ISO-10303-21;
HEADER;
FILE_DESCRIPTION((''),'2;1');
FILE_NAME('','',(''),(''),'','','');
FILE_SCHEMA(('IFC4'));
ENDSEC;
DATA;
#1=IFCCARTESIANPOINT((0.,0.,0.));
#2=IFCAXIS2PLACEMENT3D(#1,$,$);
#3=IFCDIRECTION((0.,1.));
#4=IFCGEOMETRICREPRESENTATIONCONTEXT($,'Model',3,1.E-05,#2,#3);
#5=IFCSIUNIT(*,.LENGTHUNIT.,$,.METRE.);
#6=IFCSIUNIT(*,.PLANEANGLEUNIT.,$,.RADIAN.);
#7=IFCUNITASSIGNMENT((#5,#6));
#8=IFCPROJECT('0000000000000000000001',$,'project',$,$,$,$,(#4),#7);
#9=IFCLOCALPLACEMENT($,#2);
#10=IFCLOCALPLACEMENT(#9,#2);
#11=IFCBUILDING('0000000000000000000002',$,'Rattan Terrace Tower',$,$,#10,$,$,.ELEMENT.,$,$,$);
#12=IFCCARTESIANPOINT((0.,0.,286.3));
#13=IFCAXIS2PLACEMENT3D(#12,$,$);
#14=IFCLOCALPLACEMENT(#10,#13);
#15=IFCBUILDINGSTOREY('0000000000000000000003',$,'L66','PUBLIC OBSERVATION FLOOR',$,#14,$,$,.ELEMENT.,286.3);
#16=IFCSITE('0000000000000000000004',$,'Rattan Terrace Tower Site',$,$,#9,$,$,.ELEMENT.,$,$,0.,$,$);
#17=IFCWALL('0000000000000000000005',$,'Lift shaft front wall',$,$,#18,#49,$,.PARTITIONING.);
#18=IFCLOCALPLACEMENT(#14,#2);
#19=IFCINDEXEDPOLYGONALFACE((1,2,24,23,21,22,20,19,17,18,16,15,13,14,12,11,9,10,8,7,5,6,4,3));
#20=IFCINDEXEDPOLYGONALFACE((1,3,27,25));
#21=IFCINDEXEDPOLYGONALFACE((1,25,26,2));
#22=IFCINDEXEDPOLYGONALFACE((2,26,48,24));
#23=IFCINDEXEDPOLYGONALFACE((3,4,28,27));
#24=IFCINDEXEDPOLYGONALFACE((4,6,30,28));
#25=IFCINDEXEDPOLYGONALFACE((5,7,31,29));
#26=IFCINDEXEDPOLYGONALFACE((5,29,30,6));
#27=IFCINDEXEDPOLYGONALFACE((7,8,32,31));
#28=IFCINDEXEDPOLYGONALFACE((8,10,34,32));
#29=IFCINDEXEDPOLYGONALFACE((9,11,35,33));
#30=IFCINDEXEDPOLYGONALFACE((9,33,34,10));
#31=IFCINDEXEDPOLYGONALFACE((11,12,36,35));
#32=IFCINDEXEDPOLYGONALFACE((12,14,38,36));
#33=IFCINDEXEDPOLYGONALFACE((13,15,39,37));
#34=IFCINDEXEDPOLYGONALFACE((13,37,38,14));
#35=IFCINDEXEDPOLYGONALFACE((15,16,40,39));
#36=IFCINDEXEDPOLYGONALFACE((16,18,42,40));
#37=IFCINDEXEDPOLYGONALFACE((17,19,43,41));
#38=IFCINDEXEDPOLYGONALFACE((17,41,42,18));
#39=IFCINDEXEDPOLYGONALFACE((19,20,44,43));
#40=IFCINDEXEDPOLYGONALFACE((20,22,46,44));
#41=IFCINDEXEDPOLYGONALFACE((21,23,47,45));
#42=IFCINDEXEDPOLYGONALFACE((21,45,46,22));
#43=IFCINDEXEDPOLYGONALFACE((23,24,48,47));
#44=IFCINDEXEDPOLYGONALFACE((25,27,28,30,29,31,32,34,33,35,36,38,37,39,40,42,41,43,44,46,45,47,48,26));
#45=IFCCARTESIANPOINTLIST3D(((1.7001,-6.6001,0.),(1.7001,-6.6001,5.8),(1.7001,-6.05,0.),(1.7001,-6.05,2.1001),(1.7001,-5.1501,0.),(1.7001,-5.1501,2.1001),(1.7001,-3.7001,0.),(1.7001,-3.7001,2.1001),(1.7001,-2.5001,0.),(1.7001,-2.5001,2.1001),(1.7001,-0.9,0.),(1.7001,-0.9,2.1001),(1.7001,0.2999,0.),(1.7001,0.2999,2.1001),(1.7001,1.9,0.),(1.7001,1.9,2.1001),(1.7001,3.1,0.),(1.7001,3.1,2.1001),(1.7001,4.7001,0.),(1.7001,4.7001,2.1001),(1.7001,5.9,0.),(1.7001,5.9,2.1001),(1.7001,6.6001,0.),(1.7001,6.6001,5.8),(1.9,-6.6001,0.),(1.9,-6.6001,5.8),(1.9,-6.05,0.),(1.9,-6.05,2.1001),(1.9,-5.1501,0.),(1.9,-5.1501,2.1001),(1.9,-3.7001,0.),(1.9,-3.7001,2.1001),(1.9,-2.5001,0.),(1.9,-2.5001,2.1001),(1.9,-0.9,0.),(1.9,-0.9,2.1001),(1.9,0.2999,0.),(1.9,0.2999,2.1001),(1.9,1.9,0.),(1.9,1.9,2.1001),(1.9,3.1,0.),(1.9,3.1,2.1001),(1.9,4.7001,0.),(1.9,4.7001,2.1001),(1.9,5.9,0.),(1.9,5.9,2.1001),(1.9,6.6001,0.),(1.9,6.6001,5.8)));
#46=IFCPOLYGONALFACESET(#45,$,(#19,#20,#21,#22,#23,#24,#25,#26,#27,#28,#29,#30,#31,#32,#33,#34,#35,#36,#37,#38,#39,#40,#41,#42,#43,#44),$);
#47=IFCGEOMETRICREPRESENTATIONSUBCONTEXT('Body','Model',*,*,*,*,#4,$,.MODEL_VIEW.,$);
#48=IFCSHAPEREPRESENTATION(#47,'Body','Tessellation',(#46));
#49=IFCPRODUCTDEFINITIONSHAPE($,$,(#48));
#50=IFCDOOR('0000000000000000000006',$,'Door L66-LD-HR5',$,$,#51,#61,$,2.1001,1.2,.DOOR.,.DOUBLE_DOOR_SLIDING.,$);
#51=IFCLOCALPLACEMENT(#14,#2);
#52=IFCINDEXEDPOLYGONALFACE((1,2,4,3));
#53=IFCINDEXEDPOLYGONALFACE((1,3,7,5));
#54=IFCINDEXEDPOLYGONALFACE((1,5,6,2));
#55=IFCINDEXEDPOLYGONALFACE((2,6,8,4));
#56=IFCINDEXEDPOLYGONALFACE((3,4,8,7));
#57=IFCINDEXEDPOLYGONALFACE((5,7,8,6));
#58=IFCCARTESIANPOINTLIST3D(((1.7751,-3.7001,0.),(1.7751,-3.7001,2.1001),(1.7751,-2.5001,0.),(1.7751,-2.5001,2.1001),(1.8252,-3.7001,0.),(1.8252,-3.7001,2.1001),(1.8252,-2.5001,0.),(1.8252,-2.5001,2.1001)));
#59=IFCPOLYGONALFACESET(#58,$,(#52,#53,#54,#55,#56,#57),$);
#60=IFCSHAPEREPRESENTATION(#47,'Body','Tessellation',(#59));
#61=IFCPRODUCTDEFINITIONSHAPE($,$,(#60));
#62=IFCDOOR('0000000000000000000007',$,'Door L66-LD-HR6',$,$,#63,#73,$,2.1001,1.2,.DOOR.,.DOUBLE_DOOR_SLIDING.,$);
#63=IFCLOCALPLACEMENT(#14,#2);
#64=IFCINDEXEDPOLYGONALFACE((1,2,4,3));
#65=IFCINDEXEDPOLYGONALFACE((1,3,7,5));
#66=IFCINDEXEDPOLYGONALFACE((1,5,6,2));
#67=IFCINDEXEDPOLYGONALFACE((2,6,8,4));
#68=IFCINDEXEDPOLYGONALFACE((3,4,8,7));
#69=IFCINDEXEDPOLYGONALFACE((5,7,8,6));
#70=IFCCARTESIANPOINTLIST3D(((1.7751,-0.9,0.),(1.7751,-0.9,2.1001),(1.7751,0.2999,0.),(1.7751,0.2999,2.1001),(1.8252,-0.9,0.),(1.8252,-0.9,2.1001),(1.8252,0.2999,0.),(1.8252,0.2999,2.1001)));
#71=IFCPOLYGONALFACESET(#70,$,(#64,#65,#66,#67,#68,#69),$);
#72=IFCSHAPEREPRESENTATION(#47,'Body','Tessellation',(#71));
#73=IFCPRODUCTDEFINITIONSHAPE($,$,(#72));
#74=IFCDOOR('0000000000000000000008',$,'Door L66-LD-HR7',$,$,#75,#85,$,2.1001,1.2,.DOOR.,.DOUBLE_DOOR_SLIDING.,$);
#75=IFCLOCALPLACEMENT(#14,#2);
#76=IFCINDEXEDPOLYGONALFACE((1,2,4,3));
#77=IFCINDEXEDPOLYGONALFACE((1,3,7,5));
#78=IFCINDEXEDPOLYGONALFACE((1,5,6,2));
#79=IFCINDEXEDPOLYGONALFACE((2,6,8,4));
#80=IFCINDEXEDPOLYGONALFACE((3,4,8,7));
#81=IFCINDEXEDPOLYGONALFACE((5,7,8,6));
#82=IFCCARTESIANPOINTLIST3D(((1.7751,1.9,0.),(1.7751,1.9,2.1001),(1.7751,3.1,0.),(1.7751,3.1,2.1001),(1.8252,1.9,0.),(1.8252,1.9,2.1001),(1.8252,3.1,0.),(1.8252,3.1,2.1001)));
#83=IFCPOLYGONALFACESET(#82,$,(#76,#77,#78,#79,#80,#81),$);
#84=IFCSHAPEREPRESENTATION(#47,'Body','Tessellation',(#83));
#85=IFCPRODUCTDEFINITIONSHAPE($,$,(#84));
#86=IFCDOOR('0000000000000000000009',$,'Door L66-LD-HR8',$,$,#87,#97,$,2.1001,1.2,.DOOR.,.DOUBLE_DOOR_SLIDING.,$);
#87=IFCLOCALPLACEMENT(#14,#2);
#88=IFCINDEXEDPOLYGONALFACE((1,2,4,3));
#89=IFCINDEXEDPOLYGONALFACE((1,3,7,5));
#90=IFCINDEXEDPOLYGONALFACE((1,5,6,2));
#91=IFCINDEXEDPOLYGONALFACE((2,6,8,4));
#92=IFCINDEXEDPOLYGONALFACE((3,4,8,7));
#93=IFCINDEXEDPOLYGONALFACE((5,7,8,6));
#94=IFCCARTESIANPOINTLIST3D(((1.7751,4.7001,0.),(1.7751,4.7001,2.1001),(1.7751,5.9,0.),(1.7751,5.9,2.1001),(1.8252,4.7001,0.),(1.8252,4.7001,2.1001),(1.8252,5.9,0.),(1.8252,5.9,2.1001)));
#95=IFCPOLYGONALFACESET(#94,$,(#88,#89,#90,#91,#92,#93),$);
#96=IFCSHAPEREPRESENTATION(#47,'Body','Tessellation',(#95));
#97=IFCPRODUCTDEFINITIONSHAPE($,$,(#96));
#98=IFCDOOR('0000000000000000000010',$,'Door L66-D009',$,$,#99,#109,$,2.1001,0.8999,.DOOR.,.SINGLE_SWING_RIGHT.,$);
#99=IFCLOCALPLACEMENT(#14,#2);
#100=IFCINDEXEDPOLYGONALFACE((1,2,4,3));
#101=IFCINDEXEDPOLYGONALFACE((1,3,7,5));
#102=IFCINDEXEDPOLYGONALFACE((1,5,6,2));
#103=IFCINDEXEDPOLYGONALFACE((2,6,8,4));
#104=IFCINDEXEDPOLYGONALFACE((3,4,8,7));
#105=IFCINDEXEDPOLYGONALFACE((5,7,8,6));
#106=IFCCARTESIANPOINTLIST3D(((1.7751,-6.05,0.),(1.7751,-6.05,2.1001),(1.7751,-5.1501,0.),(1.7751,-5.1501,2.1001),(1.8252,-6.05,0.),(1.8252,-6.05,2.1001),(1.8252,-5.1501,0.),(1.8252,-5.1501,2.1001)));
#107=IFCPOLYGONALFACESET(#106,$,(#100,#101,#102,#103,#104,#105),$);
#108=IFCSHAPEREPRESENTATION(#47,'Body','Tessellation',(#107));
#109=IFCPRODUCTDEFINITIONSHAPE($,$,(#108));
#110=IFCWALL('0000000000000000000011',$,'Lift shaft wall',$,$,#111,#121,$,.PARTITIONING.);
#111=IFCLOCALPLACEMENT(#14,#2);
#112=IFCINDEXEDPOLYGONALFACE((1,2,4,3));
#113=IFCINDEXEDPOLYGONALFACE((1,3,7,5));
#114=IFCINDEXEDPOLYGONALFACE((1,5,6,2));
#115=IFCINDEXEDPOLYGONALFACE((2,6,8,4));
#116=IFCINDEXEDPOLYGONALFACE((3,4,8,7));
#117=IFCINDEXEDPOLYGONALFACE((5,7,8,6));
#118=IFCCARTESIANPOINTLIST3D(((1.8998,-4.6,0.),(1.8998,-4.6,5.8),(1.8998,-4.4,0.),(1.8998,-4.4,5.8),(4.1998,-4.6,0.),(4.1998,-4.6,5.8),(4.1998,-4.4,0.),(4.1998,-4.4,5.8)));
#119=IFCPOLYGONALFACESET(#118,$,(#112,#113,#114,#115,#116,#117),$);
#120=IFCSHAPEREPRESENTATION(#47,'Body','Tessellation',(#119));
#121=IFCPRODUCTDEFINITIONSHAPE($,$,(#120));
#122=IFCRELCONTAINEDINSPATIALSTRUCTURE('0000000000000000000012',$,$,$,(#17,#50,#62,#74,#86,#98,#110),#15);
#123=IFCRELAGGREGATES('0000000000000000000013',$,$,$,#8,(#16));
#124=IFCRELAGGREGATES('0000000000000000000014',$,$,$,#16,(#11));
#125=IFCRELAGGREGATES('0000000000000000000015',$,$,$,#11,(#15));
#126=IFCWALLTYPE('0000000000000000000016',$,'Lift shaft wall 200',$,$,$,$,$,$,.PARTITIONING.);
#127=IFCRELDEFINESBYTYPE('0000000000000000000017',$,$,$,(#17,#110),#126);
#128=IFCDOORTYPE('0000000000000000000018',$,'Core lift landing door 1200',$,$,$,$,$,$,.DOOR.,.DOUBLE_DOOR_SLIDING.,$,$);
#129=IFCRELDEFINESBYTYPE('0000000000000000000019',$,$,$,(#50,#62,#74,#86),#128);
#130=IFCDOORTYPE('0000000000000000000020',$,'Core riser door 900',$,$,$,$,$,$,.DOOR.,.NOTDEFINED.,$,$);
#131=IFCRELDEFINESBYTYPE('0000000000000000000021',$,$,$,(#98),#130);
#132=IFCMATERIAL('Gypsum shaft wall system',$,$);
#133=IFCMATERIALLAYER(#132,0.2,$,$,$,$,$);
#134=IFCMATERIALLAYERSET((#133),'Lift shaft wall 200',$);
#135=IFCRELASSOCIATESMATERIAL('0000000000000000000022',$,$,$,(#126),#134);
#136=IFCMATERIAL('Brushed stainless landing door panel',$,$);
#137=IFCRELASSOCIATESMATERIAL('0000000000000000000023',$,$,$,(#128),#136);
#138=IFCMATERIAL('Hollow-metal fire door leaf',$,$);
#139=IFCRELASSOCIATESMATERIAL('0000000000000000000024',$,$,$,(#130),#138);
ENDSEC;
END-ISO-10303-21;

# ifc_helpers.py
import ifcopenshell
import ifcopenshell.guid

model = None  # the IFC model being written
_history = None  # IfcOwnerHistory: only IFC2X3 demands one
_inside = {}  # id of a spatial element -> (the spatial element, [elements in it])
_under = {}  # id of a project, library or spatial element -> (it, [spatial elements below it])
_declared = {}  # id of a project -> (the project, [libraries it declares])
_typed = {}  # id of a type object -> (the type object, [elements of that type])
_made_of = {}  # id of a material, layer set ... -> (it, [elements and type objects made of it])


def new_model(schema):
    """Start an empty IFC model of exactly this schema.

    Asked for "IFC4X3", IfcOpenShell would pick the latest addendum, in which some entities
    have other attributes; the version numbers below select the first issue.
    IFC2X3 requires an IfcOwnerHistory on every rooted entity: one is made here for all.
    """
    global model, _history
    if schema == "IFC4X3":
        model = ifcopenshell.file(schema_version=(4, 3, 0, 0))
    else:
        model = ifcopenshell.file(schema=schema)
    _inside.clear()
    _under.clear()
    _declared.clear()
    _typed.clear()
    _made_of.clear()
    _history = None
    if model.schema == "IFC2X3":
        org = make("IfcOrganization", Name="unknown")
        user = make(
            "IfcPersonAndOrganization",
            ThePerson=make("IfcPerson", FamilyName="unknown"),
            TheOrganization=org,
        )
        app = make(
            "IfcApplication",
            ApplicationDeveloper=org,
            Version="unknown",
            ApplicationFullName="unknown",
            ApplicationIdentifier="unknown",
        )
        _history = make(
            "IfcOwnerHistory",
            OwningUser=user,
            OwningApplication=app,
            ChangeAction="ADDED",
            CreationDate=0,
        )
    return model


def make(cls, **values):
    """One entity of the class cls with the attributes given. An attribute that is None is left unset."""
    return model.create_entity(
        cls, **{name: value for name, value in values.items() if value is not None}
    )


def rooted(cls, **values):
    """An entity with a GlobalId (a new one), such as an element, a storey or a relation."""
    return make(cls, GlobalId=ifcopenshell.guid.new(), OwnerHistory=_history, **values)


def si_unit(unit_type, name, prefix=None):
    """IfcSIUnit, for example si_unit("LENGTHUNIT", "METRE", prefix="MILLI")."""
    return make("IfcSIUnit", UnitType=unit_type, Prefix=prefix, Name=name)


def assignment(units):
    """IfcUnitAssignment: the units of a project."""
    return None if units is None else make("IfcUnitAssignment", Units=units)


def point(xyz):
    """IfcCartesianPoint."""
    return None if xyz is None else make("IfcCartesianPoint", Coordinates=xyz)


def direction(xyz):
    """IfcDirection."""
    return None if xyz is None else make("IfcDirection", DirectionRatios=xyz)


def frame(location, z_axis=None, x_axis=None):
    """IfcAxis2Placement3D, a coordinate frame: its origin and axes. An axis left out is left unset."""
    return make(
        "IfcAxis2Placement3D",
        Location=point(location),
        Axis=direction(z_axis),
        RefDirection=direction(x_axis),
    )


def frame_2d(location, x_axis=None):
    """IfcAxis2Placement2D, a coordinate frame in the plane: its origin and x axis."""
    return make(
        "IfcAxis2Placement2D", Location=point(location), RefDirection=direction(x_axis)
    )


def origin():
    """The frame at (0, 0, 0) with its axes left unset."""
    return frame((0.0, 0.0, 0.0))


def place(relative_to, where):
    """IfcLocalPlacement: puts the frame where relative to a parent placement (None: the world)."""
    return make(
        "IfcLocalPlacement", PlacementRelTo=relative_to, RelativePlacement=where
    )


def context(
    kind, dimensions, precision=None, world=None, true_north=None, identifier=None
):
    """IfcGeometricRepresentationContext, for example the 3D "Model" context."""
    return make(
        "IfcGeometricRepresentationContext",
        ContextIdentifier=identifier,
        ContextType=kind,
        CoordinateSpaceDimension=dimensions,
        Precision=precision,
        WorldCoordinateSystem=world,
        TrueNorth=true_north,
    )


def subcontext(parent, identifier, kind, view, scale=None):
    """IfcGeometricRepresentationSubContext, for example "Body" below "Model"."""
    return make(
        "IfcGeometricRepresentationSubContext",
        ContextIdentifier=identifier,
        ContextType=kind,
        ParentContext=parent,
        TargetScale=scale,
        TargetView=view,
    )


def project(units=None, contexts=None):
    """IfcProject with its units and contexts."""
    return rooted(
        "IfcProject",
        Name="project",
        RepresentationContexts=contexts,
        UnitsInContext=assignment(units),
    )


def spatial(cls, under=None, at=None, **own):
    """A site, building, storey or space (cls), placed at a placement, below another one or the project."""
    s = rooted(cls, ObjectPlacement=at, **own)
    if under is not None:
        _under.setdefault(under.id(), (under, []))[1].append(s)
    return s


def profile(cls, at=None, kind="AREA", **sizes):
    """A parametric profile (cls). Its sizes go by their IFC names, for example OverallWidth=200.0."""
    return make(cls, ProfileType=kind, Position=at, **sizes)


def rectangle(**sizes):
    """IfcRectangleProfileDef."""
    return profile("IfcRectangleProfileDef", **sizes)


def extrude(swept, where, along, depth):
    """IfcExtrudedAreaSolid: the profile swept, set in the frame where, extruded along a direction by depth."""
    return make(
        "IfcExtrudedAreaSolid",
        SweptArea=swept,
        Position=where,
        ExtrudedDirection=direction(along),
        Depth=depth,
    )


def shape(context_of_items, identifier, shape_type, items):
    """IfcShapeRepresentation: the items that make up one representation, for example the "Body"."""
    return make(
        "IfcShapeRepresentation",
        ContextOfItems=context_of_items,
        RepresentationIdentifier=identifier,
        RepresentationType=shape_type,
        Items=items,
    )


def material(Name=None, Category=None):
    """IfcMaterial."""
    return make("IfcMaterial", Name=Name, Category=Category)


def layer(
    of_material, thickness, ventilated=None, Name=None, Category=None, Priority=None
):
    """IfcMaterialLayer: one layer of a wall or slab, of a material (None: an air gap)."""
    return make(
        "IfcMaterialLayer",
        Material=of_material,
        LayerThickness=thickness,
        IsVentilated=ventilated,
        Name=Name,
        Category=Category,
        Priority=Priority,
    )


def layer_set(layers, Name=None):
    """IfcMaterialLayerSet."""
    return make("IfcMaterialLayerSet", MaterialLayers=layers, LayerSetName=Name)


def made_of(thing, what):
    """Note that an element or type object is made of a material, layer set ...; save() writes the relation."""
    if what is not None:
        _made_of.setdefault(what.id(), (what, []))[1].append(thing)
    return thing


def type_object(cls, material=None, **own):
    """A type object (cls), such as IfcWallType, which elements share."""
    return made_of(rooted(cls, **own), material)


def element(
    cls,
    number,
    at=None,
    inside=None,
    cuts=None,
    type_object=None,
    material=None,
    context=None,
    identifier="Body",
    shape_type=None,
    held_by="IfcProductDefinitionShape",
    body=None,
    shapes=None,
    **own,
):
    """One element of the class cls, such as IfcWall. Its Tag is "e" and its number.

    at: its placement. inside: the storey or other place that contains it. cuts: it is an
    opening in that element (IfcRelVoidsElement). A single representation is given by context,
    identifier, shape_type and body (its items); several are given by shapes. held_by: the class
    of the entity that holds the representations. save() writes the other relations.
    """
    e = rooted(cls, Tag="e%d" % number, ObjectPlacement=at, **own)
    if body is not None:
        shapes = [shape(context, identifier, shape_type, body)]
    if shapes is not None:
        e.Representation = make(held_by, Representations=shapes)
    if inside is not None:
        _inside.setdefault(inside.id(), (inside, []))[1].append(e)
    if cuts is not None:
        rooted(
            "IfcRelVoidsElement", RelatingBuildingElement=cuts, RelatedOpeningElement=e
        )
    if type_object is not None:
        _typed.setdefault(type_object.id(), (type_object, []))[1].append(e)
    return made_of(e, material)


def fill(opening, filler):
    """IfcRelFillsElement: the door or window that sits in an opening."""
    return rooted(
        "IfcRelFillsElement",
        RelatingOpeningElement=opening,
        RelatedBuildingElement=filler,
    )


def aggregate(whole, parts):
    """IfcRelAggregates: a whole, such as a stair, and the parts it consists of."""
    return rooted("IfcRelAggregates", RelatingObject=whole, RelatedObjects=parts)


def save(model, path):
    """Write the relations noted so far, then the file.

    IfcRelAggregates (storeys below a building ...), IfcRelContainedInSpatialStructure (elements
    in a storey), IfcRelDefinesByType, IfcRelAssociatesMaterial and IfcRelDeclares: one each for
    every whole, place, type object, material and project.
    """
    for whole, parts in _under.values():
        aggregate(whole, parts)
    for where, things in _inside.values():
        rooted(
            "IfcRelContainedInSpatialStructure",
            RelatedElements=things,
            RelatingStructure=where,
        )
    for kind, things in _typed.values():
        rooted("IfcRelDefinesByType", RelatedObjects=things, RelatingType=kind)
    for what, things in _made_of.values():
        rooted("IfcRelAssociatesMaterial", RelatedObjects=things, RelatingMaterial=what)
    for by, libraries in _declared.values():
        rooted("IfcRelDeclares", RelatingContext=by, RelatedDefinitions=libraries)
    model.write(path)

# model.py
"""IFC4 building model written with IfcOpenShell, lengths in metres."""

from ifc_helpers import new_model, si_unit, direction, frame, frame_2d, origin, place, context, subcontext, project, spatial, rectangle, extrude, material, layer, layer_set, type_object, element, fill, save


model = new_model("IFC4")

# Units and contexts
model_context = context("Model", 3, precision=1e-05, world=origin(), true_north=direction((0.0, 1.0)))
body_context = subcontext(model_context, "Body", "Model", "MODEL_VIEW")
ifc_project = project(units=[si_unit("LENGTHUNIT", "METRE"), si_unit("PLANEANGLEUNIT", "RADIAN")], contexts=[model_context])

# Site, building, storey
site_placement = place(None, origin())
site = spatial("IfcSite", under=ifc_project, at=site_placement, Name="Rattan Terrace Tower Site", CompositionType="ELEMENT", RefElevation=0.0)
building_placement = place(site_placement, origin())
building = spatial("IfcBuilding", under=site, at=building_placement, Name="Rattan Terrace Tower", CompositionType="ELEMENT")
storey_placement = place(building_placement, frame((0.0, 0.0, 286.3)))
storey = spatial("IfcBuildingStorey", under=building, at=storey_placement, Name="L66", Description="PUBLIC OBSERVATION FLOOR", CompositionType="ELEMENT", Elevation=286.3)

# Wall, openings, doors
ifc_material_1 = material(Name="Gypsum shaft wall system")
ifc_layer_1 = layer(ifc_material_1, 0.2)
ifc_layer_set_1 = layer_set([ifc_layer_1], Name="Lift shaft wall 200")
wall_type_1 = type_object("IfcWallType", Name="Lift shaft wall 200", PredefinedType="PARTITIONING", material=ifc_layer_set_1)
wall_1_placement = place(storey_placement, frame((1.8, -6.6001, 0.0), z_axis=(0.0, 0.0, 1.0), x_axis=(0.0, 1.0, 0.0)))
wall_1 = element("IfcWall", 1, at=wall_1_placement, inside=storey, type_object=wall_type_1, Name="Lift shaft front wall", PredefinedType="PARTITIONING", context=body_context, shape_type="SweptSolid", body=[
    extrude(rectangle(XDim=13.2002, YDim=0.2, at=frame_2d((6.6001, 0.0))), origin(), (0.0, 0.0, 1.0), 5.8),
])
opening_1_placement = place(wall_1_placement, frame((0.55, 0.0, 0.0)))
opening_1 = element("IfcOpeningElement", 2, at=opening_1_placement, cuts=wall_1, PredefinedType="OPENING", context=body_context, shape_type="SweptSolid", body=[
    extrude(rectangle(XDim=0.8999, YDim=2.1001, at=frame_2d((0.45, 1.05))), frame((0.0, 0.1106, 0.0), z_axis=(0.0, -1.0, 0.0), x_axis=(1.0, 0.0, 0.0)), (0.0, 0.0, 1.0), 0.2209),
])
opening_2_placement = place(wall_1_placement, frame((2.8999, 0.0, 0.0)))
opening_2 = element("IfcOpeningElement", 3, at=opening_2_placement, cuts=wall_1, PredefinedType="OPENING", context=body_context, shape_type="SweptSolid", body=[
    extrude(rectangle(XDim=1.2, YDim=2.1001, at=frame_2d((0.6001, 1.05))), frame((0.0, 0.1106, 0.0), z_axis=(0.0, -1.0, 0.0), x_axis=(1.0, 0.0, 0.0)), (0.0, 0.0, 1.0), 0.2209),
])
opening_3_placement = place(wall_1_placement, frame((5.7, 0.0, 0.0)))
opening_3 = element("IfcOpeningElement", 4, at=opening_3_placement, cuts=wall_1, PredefinedType="OPENING", context=body_context, shape_type="SweptSolid", body=[
    extrude(rectangle(XDim=1.2, YDim=2.1001, at=frame_2d((0.6001, 1.05))), frame((0.0, 0.1106, 0.0), z_axis=(0.0, -1.0, 0.0), x_axis=(1.0, 0.0, 0.0)), (0.0, 0.0, 1.0), 0.2209),
])
opening_4_placement = place(wall_1_placement, frame((8.5, 0.0, 0.0)))
opening_4 = element("IfcOpeningElement", 5, at=opening_4_placement, cuts=wall_1, PredefinedType="OPENING", context=body_context, shape_type="SweptSolid", body=[
    extrude(rectangle(XDim=1.2, YDim=2.1001, at=frame_2d((0.6001, 1.05))), frame((0.0, 0.1106, 0.0), z_axis=(0.0, -1.0, 0.0), x_axis=(1.0, 0.0, 0.0)), (0.0, 0.0, 1.0), 0.2209),
])
opening_5_placement = place(wall_1_placement, frame((11.3, 0.0, 0.0)))
opening_5 = element("IfcOpeningElement", 6, at=opening_5_placement, cuts=wall_1, PredefinedType="OPENING", context=body_context, shape_type="SweptSolid", body=[
    extrude(rectangle(XDim=1.2, YDim=2.1001, at=frame_2d((0.6001, 1.05))), frame((0.0, 0.1106, 0.0), z_axis=(0.0, -1.0, 0.0), x_axis=(1.0, 0.0, 0.0)), (0.0, 0.0, 1.0), 0.2209),
])
ifc_material_2 = material(Name="Brushed stainless landing door panel")
door_type_1 = type_object("IfcDoorType", Name="Core lift landing door 1200", OperationType="DOUBLE_DOOR_SLIDING", PredefinedType="DOOR", material=ifc_material_2)
door_1_placement = place(opening_2_placement, origin())
door_1 = element("IfcDoor", 7, at=door_1_placement, inside=storey, type_object=door_type_1, Name="Door L66-LD-HR5", OperationType="DOUBLE_DOOR_SLIDING", OverallHeight=2.1001, OverallWidth=1.2, PredefinedType="DOOR", context=body_context, shape_type="SweptSolid", body=[
    extrude(rectangle(XDim=1.2, YDim=2.1001, at=frame_2d((0.6001, 1.05))), frame((0.0, 0.0249, 0.0), z_axis=(0.0, -1.0, 0.0), x_axis=(1.0, 0.0, 0.0)), (0.0, 0.0, 1.0), 0.05),
])
fill(opening_2, door_1)
door_2_placement = place(opening_3_placement, origin())
door_2 = element("IfcDoor", 8, at=door_2_placement, inside=storey, type_object=door_type_1, Name="Door L66-LD-HR6", OperationType="DOUBLE_DOOR_SLIDING", OverallHeight=2.1001, OverallWidth=1.2, PredefinedType="DOOR", context=body_context, shape_type="SweptSolid", body=[
    extrude(rectangle(XDim=1.2, YDim=2.1001, at=frame_2d((0.6001, 1.05))), frame((0.0, 0.0249, 0.0), z_axis=(0.0, -1.0, 0.0), x_axis=(1.0, 0.0, 0.0)), (0.0, 0.0, 1.0), 0.05),
])
fill(opening_3, door_2)
door_3_placement = place(opening_4_placement, origin())
door_3 = element("IfcDoor", 9, at=door_3_placement, inside=storey, type_object=door_type_1, Name="Door L66-LD-HR7", OperationType="DOUBLE_DOOR_SLIDING", OverallHeight=2.1001, OverallWidth=1.2, PredefinedType="DOOR", context=body_context, shape_type="SweptSolid", body=[
    extrude(rectangle(XDim=1.2, YDim=2.1001, at=frame_2d((0.6001, 1.05))), frame((0.0, 0.0249, 0.0), z_axis=(0.0, -1.0, 0.0), x_axis=(1.0, 0.0, 0.0)), (0.0, 0.0, 1.0), 0.05),
])
fill(opening_4, door_3)
door_4_placement = place(opening_5_placement, origin())
door_4 = element("IfcDoor", 10, at=door_4_placement, inside=storey, type_object=door_type_1, Name="Door L66-LD-HR8", OperationType="DOUBLE_DOOR_SLIDING", OverallHeight=2.1001, OverallWidth=1.2, PredefinedType="DOOR", context=body_context, shape_type="SweptSolid", body=[
    extrude(rectangle(XDim=1.2, YDim=2.1001, at=frame_2d((0.6001, 1.05))), frame((0.0, 0.0249, 0.0), z_axis=(0.0, -1.0, 0.0), x_axis=(1.0, 0.0, 0.0)), (0.0, 0.0, 1.0), 0.05),
])
fill(opening_5, door_4)
ifc_material_3 = material(Name="Hollow-metal fire door leaf")
door_type_2 = type_object("IfcDoorType", Name="Core riser door 900", OperationType="NOTDEFINED", PredefinedType="DOOR", material=ifc_material_3)
door_5_placement = place(opening_1_placement, origin())
door_5 = element("IfcDoor", 11, at=door_5_placement, inside=storey, type_object=door_type_2, Name="Door L66-D009", OperationType="SINGLE_SWING_RIGHT", OverallHeight=2.1001, OverallWidth=0.8999, PredefinedType="DOOR", context=body_context, shape_type="SweptSolid", body=[
    extrude(rectangle(XDim=0.8999, YDim=2.1001, at=frame_2d((0.45, 1.05))), frame((0.0, 0.0249, 0.0), z_axis=(0.0, -1.0, 0.0), x_axis=(1.0, 0.0, 0.0)), (0.0, 0.0, 1.0), 0.05),
])
fill(opening_1, door_5)

# Wall
wall_2_placement = place(storey_placement, frame((1.8999, -4.5, 0.0), z_axis=(0.0, 0.0, 1.0), x_axis=(1.0, 0.0, 0.0)))
element("IfcWall", 12, at=wall_2_placement, inside=storey, type_object=wall_type_1, Name="Lift shaft wall", PredefinedType="PARTITIONING", context=body_context, shape_type="SweptSolid", body=[
    extrude(rectangle(XDim=2.3, YDim=0.2, at=frame_2d((1.1499, 0.0))), origin(), (0.0, 0.0, 1.0), 5.8),
])

save(model, "model.ifc")
